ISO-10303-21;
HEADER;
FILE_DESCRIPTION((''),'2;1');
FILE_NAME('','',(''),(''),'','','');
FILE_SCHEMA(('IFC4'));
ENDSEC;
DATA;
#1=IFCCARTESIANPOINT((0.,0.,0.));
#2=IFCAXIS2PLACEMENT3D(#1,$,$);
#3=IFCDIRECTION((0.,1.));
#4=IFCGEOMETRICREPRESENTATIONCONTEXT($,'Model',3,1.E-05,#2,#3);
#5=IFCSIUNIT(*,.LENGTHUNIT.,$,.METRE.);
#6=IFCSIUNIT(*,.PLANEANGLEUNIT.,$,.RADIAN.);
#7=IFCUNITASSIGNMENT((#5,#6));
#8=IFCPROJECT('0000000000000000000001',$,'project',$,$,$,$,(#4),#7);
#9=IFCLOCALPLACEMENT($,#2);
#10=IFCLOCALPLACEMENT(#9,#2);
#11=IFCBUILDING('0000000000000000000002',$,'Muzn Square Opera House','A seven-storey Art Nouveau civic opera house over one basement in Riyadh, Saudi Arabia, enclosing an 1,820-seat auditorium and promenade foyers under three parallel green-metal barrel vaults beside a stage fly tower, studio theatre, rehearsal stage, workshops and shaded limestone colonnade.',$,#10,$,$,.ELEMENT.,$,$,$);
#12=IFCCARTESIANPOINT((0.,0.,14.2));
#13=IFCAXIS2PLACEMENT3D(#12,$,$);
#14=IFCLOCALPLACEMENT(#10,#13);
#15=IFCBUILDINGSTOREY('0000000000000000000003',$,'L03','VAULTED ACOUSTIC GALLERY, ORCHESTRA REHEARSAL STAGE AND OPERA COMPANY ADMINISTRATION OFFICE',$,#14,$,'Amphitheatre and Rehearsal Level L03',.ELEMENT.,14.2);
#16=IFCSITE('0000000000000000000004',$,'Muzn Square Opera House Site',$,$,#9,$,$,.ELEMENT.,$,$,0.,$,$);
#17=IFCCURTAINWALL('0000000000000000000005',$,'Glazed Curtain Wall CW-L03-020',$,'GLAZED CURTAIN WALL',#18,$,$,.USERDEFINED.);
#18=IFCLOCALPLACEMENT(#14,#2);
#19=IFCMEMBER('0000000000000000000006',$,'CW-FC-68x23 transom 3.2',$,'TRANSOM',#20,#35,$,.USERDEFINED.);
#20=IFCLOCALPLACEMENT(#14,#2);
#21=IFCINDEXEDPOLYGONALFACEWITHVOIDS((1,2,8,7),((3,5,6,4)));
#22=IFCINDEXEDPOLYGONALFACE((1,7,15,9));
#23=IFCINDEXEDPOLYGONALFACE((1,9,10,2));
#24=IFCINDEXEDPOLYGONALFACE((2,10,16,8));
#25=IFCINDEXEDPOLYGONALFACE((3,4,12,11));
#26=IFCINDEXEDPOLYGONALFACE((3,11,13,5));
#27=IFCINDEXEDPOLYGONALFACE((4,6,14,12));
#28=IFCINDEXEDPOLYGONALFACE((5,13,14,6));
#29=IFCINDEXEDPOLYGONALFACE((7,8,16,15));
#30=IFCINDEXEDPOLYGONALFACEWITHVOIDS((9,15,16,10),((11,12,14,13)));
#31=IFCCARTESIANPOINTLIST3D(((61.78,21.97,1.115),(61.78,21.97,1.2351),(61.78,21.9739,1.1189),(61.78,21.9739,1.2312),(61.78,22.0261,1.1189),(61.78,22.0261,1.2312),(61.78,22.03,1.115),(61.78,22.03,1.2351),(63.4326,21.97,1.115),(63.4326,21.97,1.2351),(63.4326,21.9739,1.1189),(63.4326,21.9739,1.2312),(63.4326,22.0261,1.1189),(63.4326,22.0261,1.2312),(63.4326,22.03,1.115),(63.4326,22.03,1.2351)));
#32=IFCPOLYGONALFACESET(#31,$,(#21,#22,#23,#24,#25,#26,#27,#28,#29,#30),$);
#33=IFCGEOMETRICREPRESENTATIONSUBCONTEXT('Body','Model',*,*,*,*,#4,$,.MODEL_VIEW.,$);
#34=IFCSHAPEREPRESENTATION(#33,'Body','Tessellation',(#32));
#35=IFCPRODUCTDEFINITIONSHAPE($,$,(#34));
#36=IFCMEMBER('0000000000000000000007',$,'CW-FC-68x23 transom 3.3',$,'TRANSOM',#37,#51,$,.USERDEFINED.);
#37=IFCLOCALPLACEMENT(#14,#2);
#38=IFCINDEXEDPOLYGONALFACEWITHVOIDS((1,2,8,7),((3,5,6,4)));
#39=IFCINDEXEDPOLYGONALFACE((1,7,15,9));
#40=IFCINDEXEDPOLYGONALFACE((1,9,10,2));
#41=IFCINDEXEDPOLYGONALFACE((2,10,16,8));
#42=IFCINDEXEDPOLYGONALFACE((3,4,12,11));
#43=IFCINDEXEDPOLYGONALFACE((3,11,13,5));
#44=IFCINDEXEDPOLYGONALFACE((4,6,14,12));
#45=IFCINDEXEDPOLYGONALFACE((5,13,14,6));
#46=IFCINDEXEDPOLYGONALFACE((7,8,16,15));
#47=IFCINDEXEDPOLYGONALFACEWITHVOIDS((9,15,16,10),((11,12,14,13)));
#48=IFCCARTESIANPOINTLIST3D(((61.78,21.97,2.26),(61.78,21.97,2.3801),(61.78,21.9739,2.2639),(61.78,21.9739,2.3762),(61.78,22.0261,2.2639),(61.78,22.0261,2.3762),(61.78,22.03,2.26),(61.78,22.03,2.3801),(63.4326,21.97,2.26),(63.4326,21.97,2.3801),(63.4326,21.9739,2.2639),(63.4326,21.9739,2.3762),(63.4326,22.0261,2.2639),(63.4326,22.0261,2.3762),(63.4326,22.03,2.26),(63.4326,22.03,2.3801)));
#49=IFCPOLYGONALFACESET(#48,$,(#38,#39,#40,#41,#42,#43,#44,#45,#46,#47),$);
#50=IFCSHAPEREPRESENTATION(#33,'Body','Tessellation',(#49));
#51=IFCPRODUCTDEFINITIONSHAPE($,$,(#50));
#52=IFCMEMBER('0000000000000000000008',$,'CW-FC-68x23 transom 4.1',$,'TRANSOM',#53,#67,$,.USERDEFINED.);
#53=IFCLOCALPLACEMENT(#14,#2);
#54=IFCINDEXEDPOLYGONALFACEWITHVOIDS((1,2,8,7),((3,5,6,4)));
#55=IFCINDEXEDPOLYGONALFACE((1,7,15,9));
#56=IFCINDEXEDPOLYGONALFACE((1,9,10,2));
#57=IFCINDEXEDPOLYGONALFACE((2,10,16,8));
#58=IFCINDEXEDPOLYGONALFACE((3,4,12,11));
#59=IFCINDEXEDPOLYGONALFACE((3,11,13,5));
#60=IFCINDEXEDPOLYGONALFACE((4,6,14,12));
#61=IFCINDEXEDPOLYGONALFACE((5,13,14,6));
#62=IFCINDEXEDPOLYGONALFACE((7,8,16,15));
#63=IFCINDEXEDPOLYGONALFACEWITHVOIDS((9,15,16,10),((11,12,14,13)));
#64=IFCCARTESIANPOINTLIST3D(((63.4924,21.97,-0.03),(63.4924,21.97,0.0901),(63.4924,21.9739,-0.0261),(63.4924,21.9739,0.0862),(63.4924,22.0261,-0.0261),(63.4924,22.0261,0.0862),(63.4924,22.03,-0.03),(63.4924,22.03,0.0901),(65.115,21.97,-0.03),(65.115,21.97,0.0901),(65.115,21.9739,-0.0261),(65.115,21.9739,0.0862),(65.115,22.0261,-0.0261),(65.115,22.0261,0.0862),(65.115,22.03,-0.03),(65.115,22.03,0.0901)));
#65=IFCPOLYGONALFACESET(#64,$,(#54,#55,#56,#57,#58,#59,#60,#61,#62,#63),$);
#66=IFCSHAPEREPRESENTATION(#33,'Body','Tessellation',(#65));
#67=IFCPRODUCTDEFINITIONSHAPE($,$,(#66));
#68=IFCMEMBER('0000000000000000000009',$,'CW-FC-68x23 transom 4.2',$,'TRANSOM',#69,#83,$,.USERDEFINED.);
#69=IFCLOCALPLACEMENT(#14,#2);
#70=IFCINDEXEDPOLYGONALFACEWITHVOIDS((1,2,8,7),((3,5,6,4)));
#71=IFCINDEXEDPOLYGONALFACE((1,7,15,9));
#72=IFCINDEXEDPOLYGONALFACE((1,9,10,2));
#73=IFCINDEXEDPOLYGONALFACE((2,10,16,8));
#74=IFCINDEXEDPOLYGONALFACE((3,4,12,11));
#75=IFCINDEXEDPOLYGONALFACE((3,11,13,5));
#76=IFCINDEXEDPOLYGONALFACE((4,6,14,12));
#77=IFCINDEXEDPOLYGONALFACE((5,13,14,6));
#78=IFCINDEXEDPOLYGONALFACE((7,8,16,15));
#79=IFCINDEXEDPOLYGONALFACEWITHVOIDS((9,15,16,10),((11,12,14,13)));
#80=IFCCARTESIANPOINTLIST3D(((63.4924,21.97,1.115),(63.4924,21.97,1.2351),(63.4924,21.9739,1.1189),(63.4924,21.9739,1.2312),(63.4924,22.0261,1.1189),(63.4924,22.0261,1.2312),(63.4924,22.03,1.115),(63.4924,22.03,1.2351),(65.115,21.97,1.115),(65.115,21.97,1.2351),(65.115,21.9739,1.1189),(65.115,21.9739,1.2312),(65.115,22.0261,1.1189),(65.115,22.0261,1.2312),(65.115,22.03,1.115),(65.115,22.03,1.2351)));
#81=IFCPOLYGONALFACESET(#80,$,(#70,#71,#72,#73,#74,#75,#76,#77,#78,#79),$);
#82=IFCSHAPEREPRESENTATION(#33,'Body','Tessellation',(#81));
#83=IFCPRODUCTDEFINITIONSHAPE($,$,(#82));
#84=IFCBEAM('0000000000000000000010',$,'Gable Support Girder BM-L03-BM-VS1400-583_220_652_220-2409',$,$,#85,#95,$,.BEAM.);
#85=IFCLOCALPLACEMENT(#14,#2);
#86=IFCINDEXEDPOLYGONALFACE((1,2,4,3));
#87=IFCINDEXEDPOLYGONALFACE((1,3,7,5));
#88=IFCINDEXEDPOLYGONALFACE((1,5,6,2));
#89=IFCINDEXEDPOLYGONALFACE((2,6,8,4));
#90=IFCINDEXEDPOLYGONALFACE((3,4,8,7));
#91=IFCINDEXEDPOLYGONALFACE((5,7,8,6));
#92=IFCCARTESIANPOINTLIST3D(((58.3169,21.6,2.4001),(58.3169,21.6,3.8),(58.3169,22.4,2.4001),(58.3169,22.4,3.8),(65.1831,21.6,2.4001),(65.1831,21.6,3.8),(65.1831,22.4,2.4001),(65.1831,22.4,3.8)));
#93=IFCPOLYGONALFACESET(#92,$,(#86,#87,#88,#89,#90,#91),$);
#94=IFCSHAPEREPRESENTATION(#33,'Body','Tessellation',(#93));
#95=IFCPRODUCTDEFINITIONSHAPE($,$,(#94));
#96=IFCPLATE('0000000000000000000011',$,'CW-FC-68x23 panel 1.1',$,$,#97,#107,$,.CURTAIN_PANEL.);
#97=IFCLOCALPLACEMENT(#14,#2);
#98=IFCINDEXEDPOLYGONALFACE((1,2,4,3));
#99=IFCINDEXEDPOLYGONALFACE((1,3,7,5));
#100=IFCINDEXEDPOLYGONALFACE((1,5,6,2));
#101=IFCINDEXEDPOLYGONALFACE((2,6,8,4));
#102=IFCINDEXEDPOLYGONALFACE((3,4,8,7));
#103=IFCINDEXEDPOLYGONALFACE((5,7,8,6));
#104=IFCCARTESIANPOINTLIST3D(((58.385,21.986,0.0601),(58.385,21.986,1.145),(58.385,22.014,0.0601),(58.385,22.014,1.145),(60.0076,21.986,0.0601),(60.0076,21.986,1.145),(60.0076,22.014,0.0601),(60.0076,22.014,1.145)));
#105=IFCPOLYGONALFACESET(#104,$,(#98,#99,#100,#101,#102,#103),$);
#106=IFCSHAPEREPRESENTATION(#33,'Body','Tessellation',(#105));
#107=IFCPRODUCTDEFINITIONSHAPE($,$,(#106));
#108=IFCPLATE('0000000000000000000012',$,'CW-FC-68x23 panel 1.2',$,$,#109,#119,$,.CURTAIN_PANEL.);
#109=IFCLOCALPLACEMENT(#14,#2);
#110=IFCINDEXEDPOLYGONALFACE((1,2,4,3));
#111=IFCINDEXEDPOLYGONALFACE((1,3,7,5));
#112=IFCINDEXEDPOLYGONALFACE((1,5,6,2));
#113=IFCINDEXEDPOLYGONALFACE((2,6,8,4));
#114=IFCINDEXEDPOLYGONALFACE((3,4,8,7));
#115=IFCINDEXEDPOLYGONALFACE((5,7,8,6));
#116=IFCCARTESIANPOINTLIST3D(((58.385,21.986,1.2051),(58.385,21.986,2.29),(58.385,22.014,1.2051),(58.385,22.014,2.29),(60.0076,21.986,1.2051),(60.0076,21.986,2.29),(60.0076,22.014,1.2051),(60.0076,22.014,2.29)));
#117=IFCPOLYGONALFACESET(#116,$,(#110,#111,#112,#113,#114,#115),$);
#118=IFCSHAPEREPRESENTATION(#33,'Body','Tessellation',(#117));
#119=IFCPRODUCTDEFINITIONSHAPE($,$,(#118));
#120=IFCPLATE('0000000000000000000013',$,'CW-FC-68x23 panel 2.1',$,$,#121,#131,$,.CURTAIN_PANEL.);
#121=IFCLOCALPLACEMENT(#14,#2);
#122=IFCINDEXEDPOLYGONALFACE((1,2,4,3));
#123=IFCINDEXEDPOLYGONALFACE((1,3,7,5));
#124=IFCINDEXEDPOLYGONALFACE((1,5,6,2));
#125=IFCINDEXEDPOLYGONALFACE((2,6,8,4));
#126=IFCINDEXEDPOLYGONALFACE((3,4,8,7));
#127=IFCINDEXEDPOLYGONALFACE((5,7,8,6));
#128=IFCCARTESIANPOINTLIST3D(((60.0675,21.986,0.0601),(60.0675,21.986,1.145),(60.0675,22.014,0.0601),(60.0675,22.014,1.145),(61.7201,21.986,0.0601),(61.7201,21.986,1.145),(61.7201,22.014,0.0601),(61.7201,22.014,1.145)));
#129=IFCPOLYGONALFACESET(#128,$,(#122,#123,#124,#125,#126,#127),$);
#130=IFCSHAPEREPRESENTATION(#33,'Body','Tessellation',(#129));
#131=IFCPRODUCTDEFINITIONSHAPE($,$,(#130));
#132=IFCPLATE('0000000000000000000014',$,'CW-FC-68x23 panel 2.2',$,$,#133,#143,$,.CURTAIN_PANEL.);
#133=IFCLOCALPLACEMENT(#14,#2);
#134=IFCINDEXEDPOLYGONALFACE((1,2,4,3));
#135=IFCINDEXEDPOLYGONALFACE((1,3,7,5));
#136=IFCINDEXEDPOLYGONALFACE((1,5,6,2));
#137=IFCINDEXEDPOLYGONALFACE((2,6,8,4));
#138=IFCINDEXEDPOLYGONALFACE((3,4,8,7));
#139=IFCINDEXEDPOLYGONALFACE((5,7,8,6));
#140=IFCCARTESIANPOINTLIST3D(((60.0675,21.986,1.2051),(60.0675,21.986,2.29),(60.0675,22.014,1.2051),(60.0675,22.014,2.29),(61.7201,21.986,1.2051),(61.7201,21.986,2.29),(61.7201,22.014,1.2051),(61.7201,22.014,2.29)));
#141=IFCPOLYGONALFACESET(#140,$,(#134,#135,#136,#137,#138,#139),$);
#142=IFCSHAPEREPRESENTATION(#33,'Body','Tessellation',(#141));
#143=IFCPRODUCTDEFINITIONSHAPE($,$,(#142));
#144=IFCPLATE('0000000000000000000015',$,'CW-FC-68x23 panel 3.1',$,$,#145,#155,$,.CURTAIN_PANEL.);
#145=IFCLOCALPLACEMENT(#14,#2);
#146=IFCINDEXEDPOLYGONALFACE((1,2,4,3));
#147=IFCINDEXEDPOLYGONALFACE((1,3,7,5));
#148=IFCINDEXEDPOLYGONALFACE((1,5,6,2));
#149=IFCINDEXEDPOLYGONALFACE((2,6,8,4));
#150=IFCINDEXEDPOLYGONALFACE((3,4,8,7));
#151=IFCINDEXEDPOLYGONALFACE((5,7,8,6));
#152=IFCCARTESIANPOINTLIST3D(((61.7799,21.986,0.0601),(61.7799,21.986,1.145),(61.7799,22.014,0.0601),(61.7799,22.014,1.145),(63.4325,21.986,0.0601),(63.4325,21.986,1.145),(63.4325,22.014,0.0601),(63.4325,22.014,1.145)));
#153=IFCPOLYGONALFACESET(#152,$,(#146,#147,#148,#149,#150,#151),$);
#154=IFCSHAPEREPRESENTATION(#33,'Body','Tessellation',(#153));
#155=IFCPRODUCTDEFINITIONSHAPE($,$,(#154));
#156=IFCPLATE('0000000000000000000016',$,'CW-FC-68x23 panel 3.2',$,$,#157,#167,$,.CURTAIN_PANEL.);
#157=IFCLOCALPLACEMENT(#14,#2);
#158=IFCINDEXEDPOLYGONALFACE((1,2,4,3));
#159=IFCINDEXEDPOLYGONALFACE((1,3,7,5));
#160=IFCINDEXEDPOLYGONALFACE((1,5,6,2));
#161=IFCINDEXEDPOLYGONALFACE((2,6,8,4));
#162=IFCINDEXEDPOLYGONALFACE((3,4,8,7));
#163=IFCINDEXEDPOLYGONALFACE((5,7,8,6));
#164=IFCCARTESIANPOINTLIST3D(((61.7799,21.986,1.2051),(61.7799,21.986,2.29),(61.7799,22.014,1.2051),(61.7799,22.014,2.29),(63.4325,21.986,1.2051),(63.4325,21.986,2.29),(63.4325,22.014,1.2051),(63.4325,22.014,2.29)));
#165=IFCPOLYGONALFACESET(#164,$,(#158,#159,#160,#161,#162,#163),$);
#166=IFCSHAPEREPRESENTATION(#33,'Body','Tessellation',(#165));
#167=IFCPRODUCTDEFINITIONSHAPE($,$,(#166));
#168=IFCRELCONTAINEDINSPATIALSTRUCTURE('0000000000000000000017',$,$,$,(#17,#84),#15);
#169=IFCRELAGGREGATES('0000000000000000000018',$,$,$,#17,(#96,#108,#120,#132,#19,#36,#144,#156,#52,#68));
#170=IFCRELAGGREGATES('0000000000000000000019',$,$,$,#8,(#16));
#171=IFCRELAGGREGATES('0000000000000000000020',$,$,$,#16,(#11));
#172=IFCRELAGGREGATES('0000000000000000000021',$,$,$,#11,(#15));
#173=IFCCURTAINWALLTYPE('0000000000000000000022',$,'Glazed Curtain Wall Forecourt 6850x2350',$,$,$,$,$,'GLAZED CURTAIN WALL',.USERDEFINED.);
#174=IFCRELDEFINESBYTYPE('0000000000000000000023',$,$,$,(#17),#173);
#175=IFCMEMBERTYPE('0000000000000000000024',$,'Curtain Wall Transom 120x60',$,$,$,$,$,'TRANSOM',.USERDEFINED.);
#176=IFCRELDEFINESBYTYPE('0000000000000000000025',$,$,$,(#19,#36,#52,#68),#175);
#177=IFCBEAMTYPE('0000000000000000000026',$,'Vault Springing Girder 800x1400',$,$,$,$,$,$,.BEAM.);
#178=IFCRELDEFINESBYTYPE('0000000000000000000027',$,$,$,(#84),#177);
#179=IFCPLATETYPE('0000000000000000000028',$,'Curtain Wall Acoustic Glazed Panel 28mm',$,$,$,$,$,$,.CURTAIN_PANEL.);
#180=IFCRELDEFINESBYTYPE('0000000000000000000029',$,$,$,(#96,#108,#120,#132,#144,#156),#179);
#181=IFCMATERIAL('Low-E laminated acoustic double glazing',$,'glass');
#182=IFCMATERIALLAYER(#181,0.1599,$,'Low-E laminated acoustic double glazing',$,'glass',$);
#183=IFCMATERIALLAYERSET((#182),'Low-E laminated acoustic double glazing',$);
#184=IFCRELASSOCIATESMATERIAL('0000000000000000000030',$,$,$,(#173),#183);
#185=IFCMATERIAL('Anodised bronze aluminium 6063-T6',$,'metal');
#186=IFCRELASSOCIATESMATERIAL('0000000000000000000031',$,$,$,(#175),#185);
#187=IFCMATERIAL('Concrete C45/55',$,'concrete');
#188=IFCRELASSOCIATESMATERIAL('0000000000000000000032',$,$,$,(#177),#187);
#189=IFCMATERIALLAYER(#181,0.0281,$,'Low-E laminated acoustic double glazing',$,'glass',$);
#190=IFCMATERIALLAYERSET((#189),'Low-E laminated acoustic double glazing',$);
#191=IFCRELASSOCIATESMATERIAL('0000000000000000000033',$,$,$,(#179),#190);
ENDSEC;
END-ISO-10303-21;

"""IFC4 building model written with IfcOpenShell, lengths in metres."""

from ifc_helpers import new_model, si_unit, direction, frame, origin, origin_2d, place, context, subcontext, project, spatial, rectangle, hollow_rectangle, extrude, material, layer, layer_set, material_profile, profile_set, type_object, element, aggregate, save


model = new_model("IFC4")

# Units and contexts
model_context = context("Model", 3, precision=1e-05, world=origin(), true_north=direction((0.0, 1.0)))
body_context = subcontext(model_context, "Body", "Model", "MODEL_VIEW")
ifc_project = project(units=[si_unit("LENGTHUNIT", "METRE"), si_unit("PLANEANGLEUNIT", "RADIAN")], contexts=[model_context])

# Site, building, storey
site_placement = place(None, origin())
site = spatial("IfcSite", under=ifc_project, at=site_placement, Name="Muzn Square Opera House Site", CompositionType="ELEMENT", RefElevation=0.0)
building_placement = place(site_placement, origin())
building = spatial("IfcBuilding", under=site, at=building_placement, Name="Muzn Square Opera House", Description="A seven-storey Art Nouveau civic opera house over one basement in Riyadh, Saudi Arabia, enclosing an 1,820-seat auditorium and promenade foyers under three parallel green-metal barrel vaults beside a stage fly tower, studio theatre, rehearsal stage, workshops and shaded limestone colonnade.", CompositionType="ELEMENT")
storey_placement = place(building_placement, frame((0.0, 0.0, 14.2)))
storey = spatial("IfcBuildingStorey", under=building, at=storey_placement, Name="L03", Description="VAULTED ACOUSTIC GALLERY, ORCHESTRA REHEARSAL STAGE AND OPERA COMPANY ADMINISTRATION OFFICE", LongName="Amphitheatre and Rehearsal Level L03", CompositionType="ELEMENT", Elevation=14.2)

# Curtain wall, members
ifc_material_1 = material(Name="Low-E laminated acoustic double glazing", Category="glass")
ifc_layer_1 = layer(ifc_material_1, 0.1599, Name="Low-E laminated acoustic double glazing", Category="glass")
ifc_layer_set_1 = layer_set([ifc_layer_1], Name="Low-E laminated acoustic double glazing")
curtain_wall_type = type_object("IfcCurtainWallType", Name="Glazed Curtain Wall Forecourt 6850x2350", ElementType="GLAZED CURTAIN WALL", PredefinedType="USERDEFINED", material=ifc_layer_set_1)
curtain_wall_placement = place(storey_placement, origin())
curtain_wall = element("IfcCurtainWall", 1, at=curtain_wall_placement, inside=storey, type_object=curtain_wall_type, Name="Glazed Curtain Wall CW-L03-020", ObjectType="GLAZED CURTAIN WALL", PredefinedType="USERDEFINED")
ifc_material_2 = material(Name="Anodised bronze aluminium 6063-T6", Category="metal")
ifc_material_profile_1 = material_profile(ifc_material_2, hollow_rectangle(XDim=0.0601, YDim=0.1201, WallThickness=0.0039, at=origin_2d()), Name="ALU 120x60x4", Category="metal")
ifc_profile_set_1 = profile_set([ifc_material_profile_1], Name="Anodised bronze aluminium 6063-T6")
member_type_1 = type_object("IfcMemberType", Name="Curtain Wall Transom 120x60", ElementType="TRANSOM", PredefinedType="USERDEFINED", material=ifc_profile_set_1)
member_1_placement = place(storey_placement, frame((61.78, 22.0, 1.175), z_axis=(1.0, 0.0, 0.0), x_axis=(0.0, 1.0, 0.0)))
member_1 = element("IfcMember", 2, at=member_1_placement, type_object=member_type_1, Name="CW-FC-68x23 transom 3.2", ObjectType="TRANSOM", PredefinedType="USERDEFINED", context=body_context, shape_type="SweptSolid", body=[
    extrude(hollow_rectangle(XDim=0.0601, YDim=0.1201, WallThickness=0.0039, at=origin_2d()), origin(), (0.0, 0.0, 1.0), 1.6526),
])
member_2_placement = place(storey_placement, frame((61.78, 22.0, 2.3201), z_axis=(1.0, 0.0, 0.0), x_axis=(0.0, 1.0, 0.0)))
member_2 = element("IfcMember", 3, at=member_2_placement, type_object=member_type_1, Name="CW-FC-68x23 transom 3.3", ObjectType="TRANSOM", PredefinedType="USERDEFINED", context=body_context, shape_type="SweptSolid", body=[
    extrude(hollow_rectangle(XDim=0.0601, YDim=0.1201, WallThickness=0.0039, at=origin_2d()), origin(), (0.0, 0.0, 1.0), 1.6526),
])
member_3_placement = place(storey_placement, frame((63.4924, 22.0, 0.03), z_axis=(1.0, 0.0, 0.0), x_axis=(0.0, 1.0, 0.0)))
member_3 = element("IfcMember", 4, at=member_3_placement, type_object=member_type_1, Name="CW-FC-68x23 transom 4.1", ObjectType="TRANSOM", PredefinedType="USERDEFINED", context=body_context, shape_type="SweptSolid", body=[
    extrude(hollow_rectangle(XDim=0.0601, YDim=0.1201, WallThickness=0.0039, at=origin_2d()), origin(), (0.0, 0.0, 1.0), 1.6226),
])
member_4_placement = place(storey_placement, frame((63.4924, 22.0, 1.175), z_axis=(1.0, 0.0, 0.0), x_axis=(0.0, 1.0, 0.0)))
member_4 = element("IfcMember", 5, at=member_4_placement, type_object=member_type_1, Name="CW-FC-68x23 transom 4.2", ObjectType="TRANSOM", PredefinedType="USERDEFINED", context=body_context, shape_type="SweptSolid", body=[
    extrude(hollow_rectangle(XDim=0.0601, YDim=0.1201, WallThickness=0.0039, at=origin_2d()), origin(), (0.0, 0.0, 1.0), 1.6226),
])

# Beam
ifc_material_3 = material(Name="Concrete C45/55", Category="concrete")
ifc_material_profile_2 = material_profile(ifc_material_3, rectangle(XDim=0.8, YDim=1.3999, at=origin_2d()), Name="RCB 800x1400", Category="concrete")
ifc_profile_set_2 = profile_set([ifc_material_profile_2], Name="Concrete C45/55")
beam_type = type_object("IfcBeamType", Name="Vault Springing Girder 800x1400", PredefinedType="BEAM", material=ifc_profile_set_2)
beam_placement = place(storey_placement, frame((58.3169, 22.0, 3.1001), z_axis=(1.0, 0.0, 0.0), x_axis=(0.0, 1.0, 0.0)))
element("IfcBeam", 6, at=beam_placement, inside=storey, type_object=beam_type, Name="Gable Support Girder BM-L03-BM-VS1400-583_220_652_220-2409", PredefinedType="BEAM", context=body_context, shape_type="SweptSolid", body=[
    extrude(rectangle(XDim=0.8, YDim=1.3999, at=origin_2d()), origin(), (0.0, 0.0, 1.0), 6.8662),
])

# Plates
ifc_layer_2 = layer(ifc_material_1, 0.0281, Name="Low-E laminated acoustic double glazing", Category="glass")
ifc_layer_set_2 = layer_set([ifc_layer_2], Name="Low-E laminated acoustic double glazing")
plate_type = type_object("IfcPlateType", Name="Curtain Wall Acoustic Glazed Panel 28mm", PredefinedType="CURTAIN_PANEL", material=ifc_layer_set_2)
plate_1_placement = place(storey_placement, frame((59.1963, 22.0, 0.0601), z_axis=(0.0, 0.0, 1.0), x_axis=(1.0, 0.0, 0.0)))
plate_1 = element("IfcPlate", 7, at=plate_1_placement, type_object=plate_type, Name="CW-FC-68x23 panel 1.1", PredefinedType="CURTAIN_PANEL", context=body_context, shape_type="SweptSolid", body=[
    extrude(rectangle(XDim=1.6226, YDim=0.0281, at=origin_2d()), origin(), (0.0, 0.0, 1.0), 1.085),
])
plate_2_placement = place(storey_placement, frame((59.1963, 22.0, 1.2051), z_axis=(0.0, 0.0, 1.0), x_axis=(1.0, 0.0, 0.0)))
plate_2 = element("IfcPlate", 8, at=plate_2_placement, type_object=plate_type, Name="CW-FC-68x23 panel 1.2", PredefinedType="CURTAIN_PANEL", context=body_context, shape_type="SweptSolid", body=[
    extrude(rectangle(XDim=1.6226, YDim=0.0281, at=origin_2d()), origin(), (0.0, 0.0, 1.0), 1.085),
])
plate_3_placement = place(storey_placement, frame((60.8938, 22.0, 0.0601), z_axis=(0.0, 0.0, 1.0), x_axis=(1.0, 0.0, 0.0)))
plate_3 = element("IfcPlate", 9, at=plate_3_placement, type_object=plate_type, Name="CW-FC-68x23 panel 2.1", PredefinedType="CURTAIN_PANEL", context=body_context, shape_type="SweptSolid", body=[
    extrude(rectangle(XDim=1.6526, YDim=0.0281, at=origin_2d()), origin(), (0.0, 0.0, 1.0), 1.085),
])
plate_4_placement = place(storey_placement, frame((60.8938, 22.0, 1.2051), z_axis=(0.0, 0.0, 1.0), x_axis=(1.0, 0.0, 0.0)))
plate_4 = element("IfcPlate", 10, at=plate_4_placement, type_object=plate_type, Name="CW-FC-68x23 panel 2.2", PredefinedType="CURTAIN_PANEL", context=body_context, shape_type="SweptSolid", body=[
    extrude(rectangle(XDim=1.6526, YDim=0.0281, at=origin_2d()), origin(), (0.0, 0.0, 1.0), 1.085),
])
plate_5_placement = place(storey_placement, frame((62.6062, 22.0, 0.0601), z_axis=(0.0, 0.0, 1.0), x_axis=(1.0, 0.0, 0.0)))
plate_5 = element("IfcPlate", 11, at=plate_5_placement, type_object=plate_type, Name="CW-FC-68x23 panel 3.1", PredefinedType="CURTAIN_PANEL", context=body_context, shape_type="SweptSolid", body=[
    extrude(rectangle(XDim=1.6526, YDim=0.0281, at=origin_2d()), origin(), (0.0, 0.0, 1.0), 1.085),
])
plate_6_placement = place(storey_placement, frame((62.6062, 22.0, 1.2051), z_axis=(0.0, 0.0, 1.0), x_axis=(1.0, 0.0, 0.0)))
plate_6 = element("IfcPlate", 12, at=plate_6_placement, type_object=plate_type, Name="CW-FC-68x23 panel 3.2", PredefinedType="CURTAIN_PANEL", context=body_context, shape_type="SweptSolid", body=[
    extrude(rectangle(XDim=1.6526, YDim=0.0281, at=origin_2d()), origin(), (0.0, 0.0, 1.0), 1.085),
])
aggregate(curtain_wall, [plate_1, plate_2, plate_3, plate_4, member_1, member_2, plate_5, plate_6, member_3, member_4])

save(model, "model.ifc")
